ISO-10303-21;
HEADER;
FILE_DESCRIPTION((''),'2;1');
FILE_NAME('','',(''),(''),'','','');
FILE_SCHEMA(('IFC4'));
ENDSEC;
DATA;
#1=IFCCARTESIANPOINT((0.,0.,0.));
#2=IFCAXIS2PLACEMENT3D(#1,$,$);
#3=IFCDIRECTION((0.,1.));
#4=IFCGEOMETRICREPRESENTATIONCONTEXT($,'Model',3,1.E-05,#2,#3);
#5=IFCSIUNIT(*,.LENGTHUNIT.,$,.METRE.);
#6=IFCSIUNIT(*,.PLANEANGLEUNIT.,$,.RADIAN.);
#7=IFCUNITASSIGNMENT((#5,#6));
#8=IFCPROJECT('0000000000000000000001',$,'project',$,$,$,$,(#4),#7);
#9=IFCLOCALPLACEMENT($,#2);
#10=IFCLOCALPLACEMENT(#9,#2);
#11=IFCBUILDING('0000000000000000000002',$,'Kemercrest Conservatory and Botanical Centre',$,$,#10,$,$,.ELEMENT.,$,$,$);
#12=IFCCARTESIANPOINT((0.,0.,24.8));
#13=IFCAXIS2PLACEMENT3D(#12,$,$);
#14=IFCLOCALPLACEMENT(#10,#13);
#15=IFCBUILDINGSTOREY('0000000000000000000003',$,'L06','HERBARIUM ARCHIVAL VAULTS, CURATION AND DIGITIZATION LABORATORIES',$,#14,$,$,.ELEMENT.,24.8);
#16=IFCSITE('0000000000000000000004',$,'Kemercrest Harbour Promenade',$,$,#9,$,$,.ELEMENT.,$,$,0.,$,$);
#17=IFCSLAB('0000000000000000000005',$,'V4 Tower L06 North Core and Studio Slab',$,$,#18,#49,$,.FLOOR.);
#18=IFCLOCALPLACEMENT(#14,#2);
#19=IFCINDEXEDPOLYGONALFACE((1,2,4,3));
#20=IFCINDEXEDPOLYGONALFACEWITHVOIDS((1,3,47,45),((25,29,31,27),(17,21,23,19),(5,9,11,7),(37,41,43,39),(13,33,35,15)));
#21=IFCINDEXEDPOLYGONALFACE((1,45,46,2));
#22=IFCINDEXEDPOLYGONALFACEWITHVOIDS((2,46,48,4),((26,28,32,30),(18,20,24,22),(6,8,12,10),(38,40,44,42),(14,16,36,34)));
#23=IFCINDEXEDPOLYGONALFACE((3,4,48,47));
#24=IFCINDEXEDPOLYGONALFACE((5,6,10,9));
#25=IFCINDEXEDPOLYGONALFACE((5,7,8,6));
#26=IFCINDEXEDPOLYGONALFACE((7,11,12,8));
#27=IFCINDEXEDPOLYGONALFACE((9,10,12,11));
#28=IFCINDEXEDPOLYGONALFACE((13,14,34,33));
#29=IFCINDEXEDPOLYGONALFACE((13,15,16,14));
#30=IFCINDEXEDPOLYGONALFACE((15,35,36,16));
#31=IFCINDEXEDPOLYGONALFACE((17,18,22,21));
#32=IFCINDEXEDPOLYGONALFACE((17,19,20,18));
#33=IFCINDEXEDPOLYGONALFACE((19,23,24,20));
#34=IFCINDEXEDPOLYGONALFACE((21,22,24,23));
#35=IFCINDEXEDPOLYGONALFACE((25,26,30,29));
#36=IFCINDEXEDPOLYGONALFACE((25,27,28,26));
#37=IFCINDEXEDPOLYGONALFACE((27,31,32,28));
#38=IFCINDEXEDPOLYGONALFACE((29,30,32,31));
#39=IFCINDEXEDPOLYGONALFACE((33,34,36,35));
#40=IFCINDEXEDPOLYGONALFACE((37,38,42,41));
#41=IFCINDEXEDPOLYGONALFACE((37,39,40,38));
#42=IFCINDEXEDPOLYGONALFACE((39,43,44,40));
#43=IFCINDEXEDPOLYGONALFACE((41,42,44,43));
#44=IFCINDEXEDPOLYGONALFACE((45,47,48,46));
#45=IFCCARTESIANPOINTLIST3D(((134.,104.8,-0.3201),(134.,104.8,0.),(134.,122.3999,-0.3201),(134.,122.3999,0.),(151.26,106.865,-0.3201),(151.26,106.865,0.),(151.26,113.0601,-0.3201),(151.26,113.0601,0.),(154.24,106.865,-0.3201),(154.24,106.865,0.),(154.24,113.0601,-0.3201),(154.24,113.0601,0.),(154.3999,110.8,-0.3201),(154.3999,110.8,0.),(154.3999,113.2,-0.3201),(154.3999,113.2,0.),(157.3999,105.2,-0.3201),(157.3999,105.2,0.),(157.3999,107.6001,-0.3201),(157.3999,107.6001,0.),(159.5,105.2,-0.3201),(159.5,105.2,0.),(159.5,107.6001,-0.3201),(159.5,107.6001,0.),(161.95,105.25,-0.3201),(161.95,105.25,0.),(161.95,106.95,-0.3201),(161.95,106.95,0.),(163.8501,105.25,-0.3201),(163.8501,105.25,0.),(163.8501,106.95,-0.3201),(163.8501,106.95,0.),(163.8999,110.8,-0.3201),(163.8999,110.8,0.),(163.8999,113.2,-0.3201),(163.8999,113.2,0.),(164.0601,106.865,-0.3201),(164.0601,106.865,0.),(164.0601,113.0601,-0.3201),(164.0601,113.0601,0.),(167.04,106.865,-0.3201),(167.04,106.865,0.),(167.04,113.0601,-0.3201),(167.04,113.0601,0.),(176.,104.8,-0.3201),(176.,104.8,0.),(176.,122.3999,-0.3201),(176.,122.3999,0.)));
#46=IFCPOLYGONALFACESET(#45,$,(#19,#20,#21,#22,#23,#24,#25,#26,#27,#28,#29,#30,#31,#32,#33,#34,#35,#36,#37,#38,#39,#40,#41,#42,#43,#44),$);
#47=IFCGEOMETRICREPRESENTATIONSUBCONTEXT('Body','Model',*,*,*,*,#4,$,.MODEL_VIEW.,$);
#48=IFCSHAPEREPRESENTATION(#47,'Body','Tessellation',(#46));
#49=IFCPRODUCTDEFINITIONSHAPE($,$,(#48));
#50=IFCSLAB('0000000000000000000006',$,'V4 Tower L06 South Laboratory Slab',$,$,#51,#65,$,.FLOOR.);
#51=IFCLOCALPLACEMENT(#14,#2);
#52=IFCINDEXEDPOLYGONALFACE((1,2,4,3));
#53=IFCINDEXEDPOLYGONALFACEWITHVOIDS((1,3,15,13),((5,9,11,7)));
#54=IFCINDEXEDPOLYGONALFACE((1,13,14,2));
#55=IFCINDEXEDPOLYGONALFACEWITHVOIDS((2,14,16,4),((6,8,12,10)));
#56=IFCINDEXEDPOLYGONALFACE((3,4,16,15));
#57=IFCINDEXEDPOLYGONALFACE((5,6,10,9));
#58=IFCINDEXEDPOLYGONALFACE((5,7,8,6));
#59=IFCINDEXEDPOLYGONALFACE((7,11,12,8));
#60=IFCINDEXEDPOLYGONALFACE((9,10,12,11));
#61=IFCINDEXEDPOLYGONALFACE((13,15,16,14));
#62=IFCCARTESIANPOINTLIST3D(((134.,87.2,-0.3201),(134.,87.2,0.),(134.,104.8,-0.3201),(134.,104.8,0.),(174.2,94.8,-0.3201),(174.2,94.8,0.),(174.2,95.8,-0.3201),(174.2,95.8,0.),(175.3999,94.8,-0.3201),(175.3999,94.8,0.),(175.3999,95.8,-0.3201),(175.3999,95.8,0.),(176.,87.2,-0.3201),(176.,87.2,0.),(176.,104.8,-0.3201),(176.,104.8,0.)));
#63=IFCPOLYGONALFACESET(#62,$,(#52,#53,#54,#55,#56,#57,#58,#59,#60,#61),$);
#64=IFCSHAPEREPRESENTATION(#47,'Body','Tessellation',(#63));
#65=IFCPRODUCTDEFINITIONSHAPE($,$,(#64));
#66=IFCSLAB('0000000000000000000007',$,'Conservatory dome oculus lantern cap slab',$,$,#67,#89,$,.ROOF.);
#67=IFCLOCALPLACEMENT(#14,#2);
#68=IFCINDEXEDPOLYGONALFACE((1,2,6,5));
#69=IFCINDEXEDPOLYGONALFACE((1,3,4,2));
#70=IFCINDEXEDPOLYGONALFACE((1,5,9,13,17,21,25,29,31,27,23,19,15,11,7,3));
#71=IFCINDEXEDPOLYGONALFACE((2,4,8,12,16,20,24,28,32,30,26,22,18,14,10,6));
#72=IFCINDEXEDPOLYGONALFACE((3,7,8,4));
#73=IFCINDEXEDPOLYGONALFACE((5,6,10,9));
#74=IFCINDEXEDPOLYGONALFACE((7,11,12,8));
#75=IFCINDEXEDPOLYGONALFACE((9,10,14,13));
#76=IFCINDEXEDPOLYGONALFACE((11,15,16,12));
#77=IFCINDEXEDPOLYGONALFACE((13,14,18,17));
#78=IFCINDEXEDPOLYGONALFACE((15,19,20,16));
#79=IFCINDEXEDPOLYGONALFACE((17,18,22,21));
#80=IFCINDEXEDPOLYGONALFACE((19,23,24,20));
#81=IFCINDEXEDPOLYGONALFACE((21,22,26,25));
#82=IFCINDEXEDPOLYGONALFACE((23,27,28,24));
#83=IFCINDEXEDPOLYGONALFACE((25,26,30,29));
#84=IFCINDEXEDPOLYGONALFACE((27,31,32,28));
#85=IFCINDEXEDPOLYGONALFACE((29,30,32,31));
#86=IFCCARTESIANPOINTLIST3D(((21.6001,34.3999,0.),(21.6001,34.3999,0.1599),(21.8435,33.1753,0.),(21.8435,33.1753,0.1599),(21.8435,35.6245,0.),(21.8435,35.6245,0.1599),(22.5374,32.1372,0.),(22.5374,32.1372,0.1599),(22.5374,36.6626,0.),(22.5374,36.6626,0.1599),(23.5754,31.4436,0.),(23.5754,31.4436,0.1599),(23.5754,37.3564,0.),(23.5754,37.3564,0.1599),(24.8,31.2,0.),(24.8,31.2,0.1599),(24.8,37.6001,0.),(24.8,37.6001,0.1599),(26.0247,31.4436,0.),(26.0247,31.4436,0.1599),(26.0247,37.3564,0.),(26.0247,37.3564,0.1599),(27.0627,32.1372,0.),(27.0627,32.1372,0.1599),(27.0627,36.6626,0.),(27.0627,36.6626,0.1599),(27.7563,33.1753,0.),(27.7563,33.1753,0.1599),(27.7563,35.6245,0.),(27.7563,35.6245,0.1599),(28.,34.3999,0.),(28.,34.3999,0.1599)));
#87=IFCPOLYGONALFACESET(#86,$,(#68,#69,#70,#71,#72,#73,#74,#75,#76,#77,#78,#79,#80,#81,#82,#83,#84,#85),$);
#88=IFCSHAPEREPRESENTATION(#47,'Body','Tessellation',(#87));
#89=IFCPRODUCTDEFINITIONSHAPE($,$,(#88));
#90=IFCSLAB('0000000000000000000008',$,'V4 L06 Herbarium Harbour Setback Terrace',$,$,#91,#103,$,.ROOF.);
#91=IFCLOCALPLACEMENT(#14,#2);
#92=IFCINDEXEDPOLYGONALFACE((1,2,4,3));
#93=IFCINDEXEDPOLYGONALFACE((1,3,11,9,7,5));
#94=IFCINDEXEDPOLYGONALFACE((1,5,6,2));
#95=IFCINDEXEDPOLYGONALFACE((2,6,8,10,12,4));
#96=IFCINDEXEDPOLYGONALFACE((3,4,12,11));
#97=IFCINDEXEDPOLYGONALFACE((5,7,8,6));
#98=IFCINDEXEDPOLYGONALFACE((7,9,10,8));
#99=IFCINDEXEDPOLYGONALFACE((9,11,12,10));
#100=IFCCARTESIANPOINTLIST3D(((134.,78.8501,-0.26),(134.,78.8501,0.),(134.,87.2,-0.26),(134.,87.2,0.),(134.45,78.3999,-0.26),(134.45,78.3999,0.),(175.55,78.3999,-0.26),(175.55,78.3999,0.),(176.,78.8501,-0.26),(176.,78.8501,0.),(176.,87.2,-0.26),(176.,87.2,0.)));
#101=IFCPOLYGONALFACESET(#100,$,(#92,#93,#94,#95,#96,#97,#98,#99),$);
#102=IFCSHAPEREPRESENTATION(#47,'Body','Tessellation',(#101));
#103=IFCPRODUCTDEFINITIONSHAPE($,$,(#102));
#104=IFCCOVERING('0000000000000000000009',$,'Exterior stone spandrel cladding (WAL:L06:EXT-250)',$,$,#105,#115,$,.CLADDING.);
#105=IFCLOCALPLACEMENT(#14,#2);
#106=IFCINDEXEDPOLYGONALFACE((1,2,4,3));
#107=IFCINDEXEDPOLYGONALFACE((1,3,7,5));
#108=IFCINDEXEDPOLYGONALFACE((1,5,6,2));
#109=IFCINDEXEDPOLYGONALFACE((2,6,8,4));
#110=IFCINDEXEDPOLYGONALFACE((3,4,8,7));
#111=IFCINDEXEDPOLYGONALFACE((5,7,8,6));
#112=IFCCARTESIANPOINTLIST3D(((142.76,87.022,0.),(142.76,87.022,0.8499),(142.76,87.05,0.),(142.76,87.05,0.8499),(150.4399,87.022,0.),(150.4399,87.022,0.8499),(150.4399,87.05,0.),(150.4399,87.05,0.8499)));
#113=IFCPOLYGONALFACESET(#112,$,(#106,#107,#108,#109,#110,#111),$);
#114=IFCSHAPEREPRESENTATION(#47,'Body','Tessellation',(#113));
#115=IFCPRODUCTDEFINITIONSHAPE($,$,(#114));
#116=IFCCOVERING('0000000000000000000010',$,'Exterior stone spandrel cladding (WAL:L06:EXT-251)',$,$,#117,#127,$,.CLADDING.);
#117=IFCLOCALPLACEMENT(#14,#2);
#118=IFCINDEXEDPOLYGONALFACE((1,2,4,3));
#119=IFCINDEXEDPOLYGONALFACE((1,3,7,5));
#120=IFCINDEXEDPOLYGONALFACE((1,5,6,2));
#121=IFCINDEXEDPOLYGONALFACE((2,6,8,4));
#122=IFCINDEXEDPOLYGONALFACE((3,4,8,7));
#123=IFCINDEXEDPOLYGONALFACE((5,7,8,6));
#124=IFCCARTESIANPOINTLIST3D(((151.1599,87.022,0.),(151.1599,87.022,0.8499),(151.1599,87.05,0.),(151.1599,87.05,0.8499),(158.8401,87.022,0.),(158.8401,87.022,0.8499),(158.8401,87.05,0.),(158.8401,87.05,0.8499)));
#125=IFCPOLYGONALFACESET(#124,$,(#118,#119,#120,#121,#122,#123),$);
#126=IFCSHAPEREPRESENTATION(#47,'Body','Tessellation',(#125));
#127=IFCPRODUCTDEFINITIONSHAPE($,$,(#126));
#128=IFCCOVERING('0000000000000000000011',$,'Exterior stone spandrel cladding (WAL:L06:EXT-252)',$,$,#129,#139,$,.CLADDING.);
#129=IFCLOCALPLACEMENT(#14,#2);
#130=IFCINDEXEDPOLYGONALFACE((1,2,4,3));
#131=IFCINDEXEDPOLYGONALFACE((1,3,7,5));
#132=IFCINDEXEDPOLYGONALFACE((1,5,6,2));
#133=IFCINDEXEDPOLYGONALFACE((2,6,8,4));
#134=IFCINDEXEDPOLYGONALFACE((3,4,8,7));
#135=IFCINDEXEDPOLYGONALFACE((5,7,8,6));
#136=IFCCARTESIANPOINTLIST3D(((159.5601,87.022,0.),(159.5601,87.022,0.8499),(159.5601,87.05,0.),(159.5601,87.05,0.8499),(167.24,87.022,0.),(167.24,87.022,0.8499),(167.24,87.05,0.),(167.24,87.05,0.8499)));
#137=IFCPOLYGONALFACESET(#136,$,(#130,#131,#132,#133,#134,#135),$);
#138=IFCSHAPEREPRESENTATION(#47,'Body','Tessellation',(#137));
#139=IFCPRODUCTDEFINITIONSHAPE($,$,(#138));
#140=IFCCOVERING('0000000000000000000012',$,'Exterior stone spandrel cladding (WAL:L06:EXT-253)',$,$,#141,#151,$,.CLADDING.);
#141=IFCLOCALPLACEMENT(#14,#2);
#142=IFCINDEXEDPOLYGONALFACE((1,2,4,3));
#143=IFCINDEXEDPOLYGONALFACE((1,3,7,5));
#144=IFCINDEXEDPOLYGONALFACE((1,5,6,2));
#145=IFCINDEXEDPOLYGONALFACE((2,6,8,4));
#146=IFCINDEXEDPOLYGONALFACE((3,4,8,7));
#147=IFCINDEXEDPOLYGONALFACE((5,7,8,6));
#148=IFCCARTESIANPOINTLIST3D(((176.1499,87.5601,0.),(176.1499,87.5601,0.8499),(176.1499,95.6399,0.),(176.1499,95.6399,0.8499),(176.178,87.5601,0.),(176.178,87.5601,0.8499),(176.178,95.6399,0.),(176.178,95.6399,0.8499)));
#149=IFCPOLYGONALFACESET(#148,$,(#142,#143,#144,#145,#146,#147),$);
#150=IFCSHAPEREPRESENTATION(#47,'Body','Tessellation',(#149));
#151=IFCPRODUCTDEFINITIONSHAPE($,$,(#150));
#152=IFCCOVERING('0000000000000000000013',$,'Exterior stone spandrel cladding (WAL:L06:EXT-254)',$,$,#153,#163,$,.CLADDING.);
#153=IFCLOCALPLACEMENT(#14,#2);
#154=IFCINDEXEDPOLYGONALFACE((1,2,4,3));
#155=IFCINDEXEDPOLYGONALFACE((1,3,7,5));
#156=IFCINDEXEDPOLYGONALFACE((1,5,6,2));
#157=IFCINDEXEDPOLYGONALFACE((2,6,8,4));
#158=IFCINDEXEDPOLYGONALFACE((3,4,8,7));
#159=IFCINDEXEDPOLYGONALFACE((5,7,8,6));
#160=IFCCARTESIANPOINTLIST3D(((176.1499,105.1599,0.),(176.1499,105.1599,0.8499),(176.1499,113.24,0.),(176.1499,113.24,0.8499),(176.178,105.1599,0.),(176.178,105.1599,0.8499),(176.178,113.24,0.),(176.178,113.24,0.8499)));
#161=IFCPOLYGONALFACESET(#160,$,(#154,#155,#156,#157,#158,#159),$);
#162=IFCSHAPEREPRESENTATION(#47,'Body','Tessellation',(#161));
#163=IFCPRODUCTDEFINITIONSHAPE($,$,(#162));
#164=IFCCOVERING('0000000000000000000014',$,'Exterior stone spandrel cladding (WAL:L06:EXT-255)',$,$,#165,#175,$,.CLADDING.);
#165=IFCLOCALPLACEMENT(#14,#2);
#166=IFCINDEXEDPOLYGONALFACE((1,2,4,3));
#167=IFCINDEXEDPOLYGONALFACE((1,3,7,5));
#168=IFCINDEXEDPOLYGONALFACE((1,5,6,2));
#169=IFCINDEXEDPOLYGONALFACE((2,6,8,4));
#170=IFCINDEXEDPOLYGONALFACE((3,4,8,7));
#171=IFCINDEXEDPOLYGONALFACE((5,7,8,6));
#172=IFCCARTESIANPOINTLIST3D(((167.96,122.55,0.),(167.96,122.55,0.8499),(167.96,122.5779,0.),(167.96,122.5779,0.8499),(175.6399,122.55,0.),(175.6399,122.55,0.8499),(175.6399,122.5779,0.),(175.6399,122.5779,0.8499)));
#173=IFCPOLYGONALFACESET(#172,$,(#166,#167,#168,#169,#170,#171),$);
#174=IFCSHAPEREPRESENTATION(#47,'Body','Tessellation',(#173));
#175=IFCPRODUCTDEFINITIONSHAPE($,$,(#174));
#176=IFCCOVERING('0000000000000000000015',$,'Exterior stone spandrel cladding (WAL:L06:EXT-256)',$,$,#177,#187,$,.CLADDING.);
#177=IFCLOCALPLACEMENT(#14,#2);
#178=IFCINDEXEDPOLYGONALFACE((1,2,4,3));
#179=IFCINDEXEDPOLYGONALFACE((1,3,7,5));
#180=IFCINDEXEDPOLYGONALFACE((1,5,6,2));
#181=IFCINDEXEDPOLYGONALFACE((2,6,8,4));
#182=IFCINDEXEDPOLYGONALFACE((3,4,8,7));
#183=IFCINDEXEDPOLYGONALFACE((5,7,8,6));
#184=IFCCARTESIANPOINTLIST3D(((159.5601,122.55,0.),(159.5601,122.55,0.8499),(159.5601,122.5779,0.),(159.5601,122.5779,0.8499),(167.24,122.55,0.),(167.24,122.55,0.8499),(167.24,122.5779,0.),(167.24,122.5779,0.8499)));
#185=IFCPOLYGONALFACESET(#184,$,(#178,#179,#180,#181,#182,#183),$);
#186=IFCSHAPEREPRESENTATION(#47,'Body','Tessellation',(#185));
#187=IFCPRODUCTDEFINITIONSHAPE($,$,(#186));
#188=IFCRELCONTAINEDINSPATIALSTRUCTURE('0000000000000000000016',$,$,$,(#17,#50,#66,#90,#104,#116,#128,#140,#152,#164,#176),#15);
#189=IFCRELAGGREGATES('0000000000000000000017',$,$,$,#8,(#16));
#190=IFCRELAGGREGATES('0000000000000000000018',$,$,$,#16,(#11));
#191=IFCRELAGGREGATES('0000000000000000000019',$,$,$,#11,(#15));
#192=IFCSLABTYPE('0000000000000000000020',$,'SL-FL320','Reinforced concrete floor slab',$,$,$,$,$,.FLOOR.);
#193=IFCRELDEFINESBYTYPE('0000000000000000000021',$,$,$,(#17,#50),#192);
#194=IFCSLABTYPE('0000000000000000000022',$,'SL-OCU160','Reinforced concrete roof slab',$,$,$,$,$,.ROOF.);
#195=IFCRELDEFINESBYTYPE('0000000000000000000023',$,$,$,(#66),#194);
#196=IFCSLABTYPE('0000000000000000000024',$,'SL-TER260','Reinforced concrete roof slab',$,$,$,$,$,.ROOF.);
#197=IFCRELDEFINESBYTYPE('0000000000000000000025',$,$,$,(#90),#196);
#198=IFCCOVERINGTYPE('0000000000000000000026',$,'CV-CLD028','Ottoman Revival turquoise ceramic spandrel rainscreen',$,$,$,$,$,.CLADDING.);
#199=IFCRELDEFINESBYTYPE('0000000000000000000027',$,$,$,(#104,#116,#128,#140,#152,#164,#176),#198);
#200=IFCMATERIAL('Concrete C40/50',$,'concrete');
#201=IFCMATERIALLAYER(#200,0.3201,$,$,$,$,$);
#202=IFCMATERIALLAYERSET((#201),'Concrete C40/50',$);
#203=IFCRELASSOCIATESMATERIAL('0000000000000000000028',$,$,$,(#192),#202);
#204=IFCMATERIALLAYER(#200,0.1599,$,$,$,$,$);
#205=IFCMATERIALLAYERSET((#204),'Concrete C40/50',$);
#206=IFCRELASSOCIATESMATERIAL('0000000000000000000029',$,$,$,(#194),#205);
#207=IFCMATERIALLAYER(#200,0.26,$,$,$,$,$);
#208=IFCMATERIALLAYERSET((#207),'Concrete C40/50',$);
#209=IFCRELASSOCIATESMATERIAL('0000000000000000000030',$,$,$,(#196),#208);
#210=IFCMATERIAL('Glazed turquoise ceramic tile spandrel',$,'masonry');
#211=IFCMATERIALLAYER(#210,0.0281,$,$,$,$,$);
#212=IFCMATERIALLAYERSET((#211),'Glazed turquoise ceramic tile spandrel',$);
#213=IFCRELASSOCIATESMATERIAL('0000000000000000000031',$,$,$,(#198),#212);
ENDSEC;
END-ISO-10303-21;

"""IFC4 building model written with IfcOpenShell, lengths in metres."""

from ifc_helpers import new_model, si_unit, direction, frame, origin, place, context, subcontext, project, spatial, polyline, outline, extrude, material, layer, layer_set, type_object, element, save


model = new_model("IFC4")

# Units and contexts
model_context = context("Model", 3, precision=1e-05, world=origin(), true_north=direction((0.0, 1.0)))
body_context = subcontext(model_context, "Body", "Model", "MODEL_VIEW")
ifc_project = project(units=[si_unit("LENGTHUNIT", "METRE"), si_unit("PLANEANGLEUNIT", "RADIAN")], contexts=[model_context])

# Site, building, storey
site_placement = place(None, origin())
site = spatial("IfcSite", under=ifc_project, at=site_placement, Name="Kemercrest Harbour Promenade", CompositionType="ELEMENT", RefElevation=0.0)
building_placement = place(site_placement, origin())
building = spatial("IfcBuilding", under=site, at=building_placement, Name="Kemercrest Conservatory and Botanical Centre", CompositionType="ELEMENT")
storey_placement = place(building_placement, frame((0.0, 0.0, 24.8)))
storey = spatial("IfcBuildingStorey", under=building, at=storey_placement, Name="L06", Description="HERBARIUM ARCHIVAL VAULTS, CURATION AND DIGITIZATION LABORATORIES", CompositionType="ELEMENT", Elevation=24.8)

# Slabs
ifc_material_1 = material(Name="Concrete C40/50", Category="concrete")
ifc_layer_1 = layer(ifc_material_1, 0.3201)
ifc_layer_set_1 = layer_set([ifc_layer_1], Name="Concrete C40/50")
slab_type_1 = type_object("IfcSlabType", Name="SL-FL320", Description="Reinforced concrete floor slab", PredefinedType="FLOOR", material=ifc_layer_set_1)
slab_1_placement = place(storey_placement, frame((0.0, 0.0, -0.3201)))
element("IfcSlab", 1, at=slab_1_placement, inside=storey, type_object=slab_type_1, Name="V4 Tower L06 North Core and Studio Slab", PredefinedType="FLOOR", context=body_context, shape_type="SweptSolid", body=[
    extrude(outline(polyline([(134.0, 122.3999), (134.0, 104.8), (176.0, 104.8), (176.0, 122.3999), (134.0, 122.3999)]), holes=[polyline([(164.0601, 106.865), (164.0601, 113.0601), (167.04, 113.0601), (167.04, 106.865), (164.0601, 106.865)]), polyline([(154.3999, 110.8), (154.3999, 113.2), (163.8999, 113.2), (163.8999, 110.8), (154.3999, 110.8)]), polyline([(161.95, 105.25), (161.95, 106.95), (163.8501, 106.95), (163.8501, 105.25), (161.95, 105.25)]), polyline([(157.3999, 105.2), (157.3999, 107.6001), (159.5, 107.6001), (159.5, 105.2), (157.3999, 105.2)]), polyline([(154.24, 106.865), (151.26, 106.865), (151.26, 113.0601), (154.24, 113.0601), (154.24, 106.865)])]), origin(), (0.0, 0.0, 1.0), 0.3201),
])
slab_2_placement = place(storey_placement, frame((0.0, 0.0, -0.3201)))
element("IfcSlab", 2, at=slab_2_placement, inside=storey, type_object=slab_type_1, Name="V4 Tower L06 South Laboratory Slab", PredefinedType="FLOOR", context=body_context, shape_type="SweptSolid", body=[
    extrude(outline(polyline([(134.0, 104.8), (134.0, 87.2), (176.0, 87.2), (176.0, 104.8), (134.0, 104.8)]), holes=[polyline([(175.3999, 94.8), (174.2, 94.8), (174.2, 95.8), (175.3999, 95.8), (175.3999, 94.8)])]), origin(), (0.0, 0.0, 1.0), 0.3201),
])
ifc_layer_2 = layer(ifc_material_1, 0.1599)
ifc_layer_set_2 = layer_set([ifc_layer_2], Name="Concrete C40/50")
slab_type_2 = type_object("IfcSlabType", Name="SL-OCU160", Description="Reinforced concrete roof slab", PredefinedType="ROOF", material=ifc_layer_set_2)
slab_3_placement = place(storey_placement, origin())
element("IfcSlab", 3, at=slab_3_placement, inside=storey, type_object=slab_type_2, Name="Conservatory dome oculus lantern cap slab", PredefinedType="ROOF", context=body_context, shape_type="SweptSolid", body=[
    extrude(outline(polyline([(28.0, 34.3999), (27.7563, 35.6245), (27.0627, 36.6626), (26.0247, 37.3564), (24.8, 37.6001), (23.5754, 37.3564), (22.5374, 36.6626), (21.8435, 35.6245), (21.6001, 34.3999), (21.8435, 33.1753), (22.5374, 32.1372), (23.5754, 31.4436), (24.8, 31.2), (26.0247, 31.4436), (27.0627, 32.1372), (27.7563, 33.1753), (28.0, 34.3999)])), origin(), (0.0, 0.0, 1.0), 0.1599),
])
ifc_layer_3 = layer(ifc_material_1, 0.26)
ifc_layer_set_3 = layer_set([ifc_layer_3], Name="Concrete C40/50")
slab_type_3 = type_object("IfcSlabType", Name="SL-TER260", Description="Reinforced concrete roof slab", PredefinedType="ROOF", material=ifc_layer_set_3)
slab_4_placement = place(storey_placement, frame((0.0, 0.0, -0.26)))
element("IfcSlab", 4, at=slab_4_placement, inside=storey, type_object=slab_type_3, Name="V4 L06 Herbarium Harbour Setback Terrace", PredefinedType="ROOF", context=body_context, shape_type="SweptSolid", body=[
    extrude(outline(polyline([(134.45, 78.3999), (175.55, 78.3999), (176.0, 78.8501), (176.0, 87.2), (134.0, 87.2), (134.0, 78.8501), (134.45, 78.3999)])), origin(), (0.0, 0.0, 1.0), 0.26),
])

# Coverings
ifc_material_2 = material(Name="Glazed turquoise ceramic tile spandrel", Category="masonry")
ifc_layer_4 = layer(ifc_material_2, 0.0281)
ifc_layer_set_4 = layer_set([ifc_layer_4], Name="Glazed turquoise ceramic tile spandrel")
covering_type_1 = type_object("IfcCoveringType", Name="CV-CLD028", Description="Ottoman Revival turquoise ceramic spandrel rainscreen", PredefinedType="CLADDING", material=ifc_layer_set_4)
covering_1_placement = place(storey_placement, origin())
element("IfcCovering", 5, at=covering_1_placement, inside=storey, type_object=covering_type_1, Name="Exterior stone spandrel cladding (WAL:L06:EXT-250)", PredefinedType="CLADDING", context=body_context, shape_type="SweptSolid", body=[
    extrude(outline(polyline([(142.76, 87.05), (142.76, 87.022), (150.4399, 87.022), (150.4399, 87.05), (142.76, 87.05)])), origin(), (0.0, 0.0, 1.0), 0.8499),
])
covering_2_placement = place(storey_placement, origin())
element("IfcCovering", 6, at=covering_2_placement, inside=storey, type_object=covering_type_1, Name="Exterior stone spandrel cladding (WAL:L06:EXT-251)", PredefinedType="CLADDING", context=body_context, shape_type="SweptSolid", body=[
    extrude(outline(polyline([(151.1599, 87.05), (151.1599, 87.022), (158.8401, 87.022), (158.8401, 87.05), (151.1599, 87.05)])), origin(), (0.0, 0.0, 1.0), 0.8499),
])
covering_3_placement = place(storey_placement, origin())
element("IfcCovering", 7, at=covering_3_placement, inside=storey, type_object=covering_type_1, Name="Exterior stone spandrel cladding (WAL:L06:EXT-252)", PredefinedType="CLADDING", context=body_context, shape_type="SweptSolid", body=[
    extrude(outline(polyline([(159.5601, 87.05), (159.5601, 87.022), (167.24, 87.022), (167.24, 87.05), (159.5601, 87.05)])), origin(), (0.0, 0.0, 1.0), 0.8499),
])
covering_4_placement = place(storey_placement, origin())
element("IfcCovering", 8, at=covering_4_placement, inside=storey, type_object=covering_type_1, Name="Exterior stone spandrel cladding (WAL:L06:EXT-253)", PredefinedType="CLADDING", context=body_context, shape_type="SweptSolid", body=[
    extrude(outline(polyline([(176.1499, 87.5601), (176.178, 87.5601), (176.178, 95.6399), (176.1499, 95.6399), (176.1499, 87.5601)])), origin(), (0.0, 0.0, 1.0), 0.8499),
])
covering_5_placement = place(storey_placement, origin())
element("IfcCovering", 9, at=covering_5_placement, inside=storey, type_object=covering_type_1, Name="Exterior stone spandrel cladding (WAL:L06:EXT-254)", PredefinedType="CLADDING", context=body_context, shape_type="SweptSolid", body=[
    extrude(outline(polyline([(176.1499, 105.1599), (176.178, 105.1599), (176.178, 113.24), (176.1499, 113.24), (176.1499, 105.1599)])), origin(), (0.0, 0.0, 1.0), 0.8499),
])
covering_6_placement = place(storey_placement, origin())
element("IfcCovering", 10, at=covering_6_placement, inside=storey, type_object=covering_type_1, Name="Exterior stone spandrel cladding (WAL:L06:EXT-255)", PredefinedType="CLADDING", context=body_context, shape_type="SweptSolid", body=[
    extrude(outline(polyline([(175.6399, 122.55), (175.6399, 122.5779), (167.96, 122.5779), (167.96, 122.55), (175.6399, 122.55)])), origin(), (0.0, 0.0, 1.0), 0.8499),
])
covering_7_placement = place(storey_placement, origin())
element("IfcCovering", 11, at=covering_7_placement, inside=storey, type_object=covering_type_1, Name="Exterior stone spandrel cladding (WAL:L06:EXT-256)", PredefinedType="CLADDING", context=body_context, shape_type="SweptSolid", body=[
    extrude(outline(polyline([(167.24, 122.55), (167.24, 122.5779), (159.5601, 122.5779), (159.5601, 122.55), (167.24, 122.55)])), origin(), (0.0, 0.0, 1.0), 0.8499),
])

save(model, "model.ifc")
